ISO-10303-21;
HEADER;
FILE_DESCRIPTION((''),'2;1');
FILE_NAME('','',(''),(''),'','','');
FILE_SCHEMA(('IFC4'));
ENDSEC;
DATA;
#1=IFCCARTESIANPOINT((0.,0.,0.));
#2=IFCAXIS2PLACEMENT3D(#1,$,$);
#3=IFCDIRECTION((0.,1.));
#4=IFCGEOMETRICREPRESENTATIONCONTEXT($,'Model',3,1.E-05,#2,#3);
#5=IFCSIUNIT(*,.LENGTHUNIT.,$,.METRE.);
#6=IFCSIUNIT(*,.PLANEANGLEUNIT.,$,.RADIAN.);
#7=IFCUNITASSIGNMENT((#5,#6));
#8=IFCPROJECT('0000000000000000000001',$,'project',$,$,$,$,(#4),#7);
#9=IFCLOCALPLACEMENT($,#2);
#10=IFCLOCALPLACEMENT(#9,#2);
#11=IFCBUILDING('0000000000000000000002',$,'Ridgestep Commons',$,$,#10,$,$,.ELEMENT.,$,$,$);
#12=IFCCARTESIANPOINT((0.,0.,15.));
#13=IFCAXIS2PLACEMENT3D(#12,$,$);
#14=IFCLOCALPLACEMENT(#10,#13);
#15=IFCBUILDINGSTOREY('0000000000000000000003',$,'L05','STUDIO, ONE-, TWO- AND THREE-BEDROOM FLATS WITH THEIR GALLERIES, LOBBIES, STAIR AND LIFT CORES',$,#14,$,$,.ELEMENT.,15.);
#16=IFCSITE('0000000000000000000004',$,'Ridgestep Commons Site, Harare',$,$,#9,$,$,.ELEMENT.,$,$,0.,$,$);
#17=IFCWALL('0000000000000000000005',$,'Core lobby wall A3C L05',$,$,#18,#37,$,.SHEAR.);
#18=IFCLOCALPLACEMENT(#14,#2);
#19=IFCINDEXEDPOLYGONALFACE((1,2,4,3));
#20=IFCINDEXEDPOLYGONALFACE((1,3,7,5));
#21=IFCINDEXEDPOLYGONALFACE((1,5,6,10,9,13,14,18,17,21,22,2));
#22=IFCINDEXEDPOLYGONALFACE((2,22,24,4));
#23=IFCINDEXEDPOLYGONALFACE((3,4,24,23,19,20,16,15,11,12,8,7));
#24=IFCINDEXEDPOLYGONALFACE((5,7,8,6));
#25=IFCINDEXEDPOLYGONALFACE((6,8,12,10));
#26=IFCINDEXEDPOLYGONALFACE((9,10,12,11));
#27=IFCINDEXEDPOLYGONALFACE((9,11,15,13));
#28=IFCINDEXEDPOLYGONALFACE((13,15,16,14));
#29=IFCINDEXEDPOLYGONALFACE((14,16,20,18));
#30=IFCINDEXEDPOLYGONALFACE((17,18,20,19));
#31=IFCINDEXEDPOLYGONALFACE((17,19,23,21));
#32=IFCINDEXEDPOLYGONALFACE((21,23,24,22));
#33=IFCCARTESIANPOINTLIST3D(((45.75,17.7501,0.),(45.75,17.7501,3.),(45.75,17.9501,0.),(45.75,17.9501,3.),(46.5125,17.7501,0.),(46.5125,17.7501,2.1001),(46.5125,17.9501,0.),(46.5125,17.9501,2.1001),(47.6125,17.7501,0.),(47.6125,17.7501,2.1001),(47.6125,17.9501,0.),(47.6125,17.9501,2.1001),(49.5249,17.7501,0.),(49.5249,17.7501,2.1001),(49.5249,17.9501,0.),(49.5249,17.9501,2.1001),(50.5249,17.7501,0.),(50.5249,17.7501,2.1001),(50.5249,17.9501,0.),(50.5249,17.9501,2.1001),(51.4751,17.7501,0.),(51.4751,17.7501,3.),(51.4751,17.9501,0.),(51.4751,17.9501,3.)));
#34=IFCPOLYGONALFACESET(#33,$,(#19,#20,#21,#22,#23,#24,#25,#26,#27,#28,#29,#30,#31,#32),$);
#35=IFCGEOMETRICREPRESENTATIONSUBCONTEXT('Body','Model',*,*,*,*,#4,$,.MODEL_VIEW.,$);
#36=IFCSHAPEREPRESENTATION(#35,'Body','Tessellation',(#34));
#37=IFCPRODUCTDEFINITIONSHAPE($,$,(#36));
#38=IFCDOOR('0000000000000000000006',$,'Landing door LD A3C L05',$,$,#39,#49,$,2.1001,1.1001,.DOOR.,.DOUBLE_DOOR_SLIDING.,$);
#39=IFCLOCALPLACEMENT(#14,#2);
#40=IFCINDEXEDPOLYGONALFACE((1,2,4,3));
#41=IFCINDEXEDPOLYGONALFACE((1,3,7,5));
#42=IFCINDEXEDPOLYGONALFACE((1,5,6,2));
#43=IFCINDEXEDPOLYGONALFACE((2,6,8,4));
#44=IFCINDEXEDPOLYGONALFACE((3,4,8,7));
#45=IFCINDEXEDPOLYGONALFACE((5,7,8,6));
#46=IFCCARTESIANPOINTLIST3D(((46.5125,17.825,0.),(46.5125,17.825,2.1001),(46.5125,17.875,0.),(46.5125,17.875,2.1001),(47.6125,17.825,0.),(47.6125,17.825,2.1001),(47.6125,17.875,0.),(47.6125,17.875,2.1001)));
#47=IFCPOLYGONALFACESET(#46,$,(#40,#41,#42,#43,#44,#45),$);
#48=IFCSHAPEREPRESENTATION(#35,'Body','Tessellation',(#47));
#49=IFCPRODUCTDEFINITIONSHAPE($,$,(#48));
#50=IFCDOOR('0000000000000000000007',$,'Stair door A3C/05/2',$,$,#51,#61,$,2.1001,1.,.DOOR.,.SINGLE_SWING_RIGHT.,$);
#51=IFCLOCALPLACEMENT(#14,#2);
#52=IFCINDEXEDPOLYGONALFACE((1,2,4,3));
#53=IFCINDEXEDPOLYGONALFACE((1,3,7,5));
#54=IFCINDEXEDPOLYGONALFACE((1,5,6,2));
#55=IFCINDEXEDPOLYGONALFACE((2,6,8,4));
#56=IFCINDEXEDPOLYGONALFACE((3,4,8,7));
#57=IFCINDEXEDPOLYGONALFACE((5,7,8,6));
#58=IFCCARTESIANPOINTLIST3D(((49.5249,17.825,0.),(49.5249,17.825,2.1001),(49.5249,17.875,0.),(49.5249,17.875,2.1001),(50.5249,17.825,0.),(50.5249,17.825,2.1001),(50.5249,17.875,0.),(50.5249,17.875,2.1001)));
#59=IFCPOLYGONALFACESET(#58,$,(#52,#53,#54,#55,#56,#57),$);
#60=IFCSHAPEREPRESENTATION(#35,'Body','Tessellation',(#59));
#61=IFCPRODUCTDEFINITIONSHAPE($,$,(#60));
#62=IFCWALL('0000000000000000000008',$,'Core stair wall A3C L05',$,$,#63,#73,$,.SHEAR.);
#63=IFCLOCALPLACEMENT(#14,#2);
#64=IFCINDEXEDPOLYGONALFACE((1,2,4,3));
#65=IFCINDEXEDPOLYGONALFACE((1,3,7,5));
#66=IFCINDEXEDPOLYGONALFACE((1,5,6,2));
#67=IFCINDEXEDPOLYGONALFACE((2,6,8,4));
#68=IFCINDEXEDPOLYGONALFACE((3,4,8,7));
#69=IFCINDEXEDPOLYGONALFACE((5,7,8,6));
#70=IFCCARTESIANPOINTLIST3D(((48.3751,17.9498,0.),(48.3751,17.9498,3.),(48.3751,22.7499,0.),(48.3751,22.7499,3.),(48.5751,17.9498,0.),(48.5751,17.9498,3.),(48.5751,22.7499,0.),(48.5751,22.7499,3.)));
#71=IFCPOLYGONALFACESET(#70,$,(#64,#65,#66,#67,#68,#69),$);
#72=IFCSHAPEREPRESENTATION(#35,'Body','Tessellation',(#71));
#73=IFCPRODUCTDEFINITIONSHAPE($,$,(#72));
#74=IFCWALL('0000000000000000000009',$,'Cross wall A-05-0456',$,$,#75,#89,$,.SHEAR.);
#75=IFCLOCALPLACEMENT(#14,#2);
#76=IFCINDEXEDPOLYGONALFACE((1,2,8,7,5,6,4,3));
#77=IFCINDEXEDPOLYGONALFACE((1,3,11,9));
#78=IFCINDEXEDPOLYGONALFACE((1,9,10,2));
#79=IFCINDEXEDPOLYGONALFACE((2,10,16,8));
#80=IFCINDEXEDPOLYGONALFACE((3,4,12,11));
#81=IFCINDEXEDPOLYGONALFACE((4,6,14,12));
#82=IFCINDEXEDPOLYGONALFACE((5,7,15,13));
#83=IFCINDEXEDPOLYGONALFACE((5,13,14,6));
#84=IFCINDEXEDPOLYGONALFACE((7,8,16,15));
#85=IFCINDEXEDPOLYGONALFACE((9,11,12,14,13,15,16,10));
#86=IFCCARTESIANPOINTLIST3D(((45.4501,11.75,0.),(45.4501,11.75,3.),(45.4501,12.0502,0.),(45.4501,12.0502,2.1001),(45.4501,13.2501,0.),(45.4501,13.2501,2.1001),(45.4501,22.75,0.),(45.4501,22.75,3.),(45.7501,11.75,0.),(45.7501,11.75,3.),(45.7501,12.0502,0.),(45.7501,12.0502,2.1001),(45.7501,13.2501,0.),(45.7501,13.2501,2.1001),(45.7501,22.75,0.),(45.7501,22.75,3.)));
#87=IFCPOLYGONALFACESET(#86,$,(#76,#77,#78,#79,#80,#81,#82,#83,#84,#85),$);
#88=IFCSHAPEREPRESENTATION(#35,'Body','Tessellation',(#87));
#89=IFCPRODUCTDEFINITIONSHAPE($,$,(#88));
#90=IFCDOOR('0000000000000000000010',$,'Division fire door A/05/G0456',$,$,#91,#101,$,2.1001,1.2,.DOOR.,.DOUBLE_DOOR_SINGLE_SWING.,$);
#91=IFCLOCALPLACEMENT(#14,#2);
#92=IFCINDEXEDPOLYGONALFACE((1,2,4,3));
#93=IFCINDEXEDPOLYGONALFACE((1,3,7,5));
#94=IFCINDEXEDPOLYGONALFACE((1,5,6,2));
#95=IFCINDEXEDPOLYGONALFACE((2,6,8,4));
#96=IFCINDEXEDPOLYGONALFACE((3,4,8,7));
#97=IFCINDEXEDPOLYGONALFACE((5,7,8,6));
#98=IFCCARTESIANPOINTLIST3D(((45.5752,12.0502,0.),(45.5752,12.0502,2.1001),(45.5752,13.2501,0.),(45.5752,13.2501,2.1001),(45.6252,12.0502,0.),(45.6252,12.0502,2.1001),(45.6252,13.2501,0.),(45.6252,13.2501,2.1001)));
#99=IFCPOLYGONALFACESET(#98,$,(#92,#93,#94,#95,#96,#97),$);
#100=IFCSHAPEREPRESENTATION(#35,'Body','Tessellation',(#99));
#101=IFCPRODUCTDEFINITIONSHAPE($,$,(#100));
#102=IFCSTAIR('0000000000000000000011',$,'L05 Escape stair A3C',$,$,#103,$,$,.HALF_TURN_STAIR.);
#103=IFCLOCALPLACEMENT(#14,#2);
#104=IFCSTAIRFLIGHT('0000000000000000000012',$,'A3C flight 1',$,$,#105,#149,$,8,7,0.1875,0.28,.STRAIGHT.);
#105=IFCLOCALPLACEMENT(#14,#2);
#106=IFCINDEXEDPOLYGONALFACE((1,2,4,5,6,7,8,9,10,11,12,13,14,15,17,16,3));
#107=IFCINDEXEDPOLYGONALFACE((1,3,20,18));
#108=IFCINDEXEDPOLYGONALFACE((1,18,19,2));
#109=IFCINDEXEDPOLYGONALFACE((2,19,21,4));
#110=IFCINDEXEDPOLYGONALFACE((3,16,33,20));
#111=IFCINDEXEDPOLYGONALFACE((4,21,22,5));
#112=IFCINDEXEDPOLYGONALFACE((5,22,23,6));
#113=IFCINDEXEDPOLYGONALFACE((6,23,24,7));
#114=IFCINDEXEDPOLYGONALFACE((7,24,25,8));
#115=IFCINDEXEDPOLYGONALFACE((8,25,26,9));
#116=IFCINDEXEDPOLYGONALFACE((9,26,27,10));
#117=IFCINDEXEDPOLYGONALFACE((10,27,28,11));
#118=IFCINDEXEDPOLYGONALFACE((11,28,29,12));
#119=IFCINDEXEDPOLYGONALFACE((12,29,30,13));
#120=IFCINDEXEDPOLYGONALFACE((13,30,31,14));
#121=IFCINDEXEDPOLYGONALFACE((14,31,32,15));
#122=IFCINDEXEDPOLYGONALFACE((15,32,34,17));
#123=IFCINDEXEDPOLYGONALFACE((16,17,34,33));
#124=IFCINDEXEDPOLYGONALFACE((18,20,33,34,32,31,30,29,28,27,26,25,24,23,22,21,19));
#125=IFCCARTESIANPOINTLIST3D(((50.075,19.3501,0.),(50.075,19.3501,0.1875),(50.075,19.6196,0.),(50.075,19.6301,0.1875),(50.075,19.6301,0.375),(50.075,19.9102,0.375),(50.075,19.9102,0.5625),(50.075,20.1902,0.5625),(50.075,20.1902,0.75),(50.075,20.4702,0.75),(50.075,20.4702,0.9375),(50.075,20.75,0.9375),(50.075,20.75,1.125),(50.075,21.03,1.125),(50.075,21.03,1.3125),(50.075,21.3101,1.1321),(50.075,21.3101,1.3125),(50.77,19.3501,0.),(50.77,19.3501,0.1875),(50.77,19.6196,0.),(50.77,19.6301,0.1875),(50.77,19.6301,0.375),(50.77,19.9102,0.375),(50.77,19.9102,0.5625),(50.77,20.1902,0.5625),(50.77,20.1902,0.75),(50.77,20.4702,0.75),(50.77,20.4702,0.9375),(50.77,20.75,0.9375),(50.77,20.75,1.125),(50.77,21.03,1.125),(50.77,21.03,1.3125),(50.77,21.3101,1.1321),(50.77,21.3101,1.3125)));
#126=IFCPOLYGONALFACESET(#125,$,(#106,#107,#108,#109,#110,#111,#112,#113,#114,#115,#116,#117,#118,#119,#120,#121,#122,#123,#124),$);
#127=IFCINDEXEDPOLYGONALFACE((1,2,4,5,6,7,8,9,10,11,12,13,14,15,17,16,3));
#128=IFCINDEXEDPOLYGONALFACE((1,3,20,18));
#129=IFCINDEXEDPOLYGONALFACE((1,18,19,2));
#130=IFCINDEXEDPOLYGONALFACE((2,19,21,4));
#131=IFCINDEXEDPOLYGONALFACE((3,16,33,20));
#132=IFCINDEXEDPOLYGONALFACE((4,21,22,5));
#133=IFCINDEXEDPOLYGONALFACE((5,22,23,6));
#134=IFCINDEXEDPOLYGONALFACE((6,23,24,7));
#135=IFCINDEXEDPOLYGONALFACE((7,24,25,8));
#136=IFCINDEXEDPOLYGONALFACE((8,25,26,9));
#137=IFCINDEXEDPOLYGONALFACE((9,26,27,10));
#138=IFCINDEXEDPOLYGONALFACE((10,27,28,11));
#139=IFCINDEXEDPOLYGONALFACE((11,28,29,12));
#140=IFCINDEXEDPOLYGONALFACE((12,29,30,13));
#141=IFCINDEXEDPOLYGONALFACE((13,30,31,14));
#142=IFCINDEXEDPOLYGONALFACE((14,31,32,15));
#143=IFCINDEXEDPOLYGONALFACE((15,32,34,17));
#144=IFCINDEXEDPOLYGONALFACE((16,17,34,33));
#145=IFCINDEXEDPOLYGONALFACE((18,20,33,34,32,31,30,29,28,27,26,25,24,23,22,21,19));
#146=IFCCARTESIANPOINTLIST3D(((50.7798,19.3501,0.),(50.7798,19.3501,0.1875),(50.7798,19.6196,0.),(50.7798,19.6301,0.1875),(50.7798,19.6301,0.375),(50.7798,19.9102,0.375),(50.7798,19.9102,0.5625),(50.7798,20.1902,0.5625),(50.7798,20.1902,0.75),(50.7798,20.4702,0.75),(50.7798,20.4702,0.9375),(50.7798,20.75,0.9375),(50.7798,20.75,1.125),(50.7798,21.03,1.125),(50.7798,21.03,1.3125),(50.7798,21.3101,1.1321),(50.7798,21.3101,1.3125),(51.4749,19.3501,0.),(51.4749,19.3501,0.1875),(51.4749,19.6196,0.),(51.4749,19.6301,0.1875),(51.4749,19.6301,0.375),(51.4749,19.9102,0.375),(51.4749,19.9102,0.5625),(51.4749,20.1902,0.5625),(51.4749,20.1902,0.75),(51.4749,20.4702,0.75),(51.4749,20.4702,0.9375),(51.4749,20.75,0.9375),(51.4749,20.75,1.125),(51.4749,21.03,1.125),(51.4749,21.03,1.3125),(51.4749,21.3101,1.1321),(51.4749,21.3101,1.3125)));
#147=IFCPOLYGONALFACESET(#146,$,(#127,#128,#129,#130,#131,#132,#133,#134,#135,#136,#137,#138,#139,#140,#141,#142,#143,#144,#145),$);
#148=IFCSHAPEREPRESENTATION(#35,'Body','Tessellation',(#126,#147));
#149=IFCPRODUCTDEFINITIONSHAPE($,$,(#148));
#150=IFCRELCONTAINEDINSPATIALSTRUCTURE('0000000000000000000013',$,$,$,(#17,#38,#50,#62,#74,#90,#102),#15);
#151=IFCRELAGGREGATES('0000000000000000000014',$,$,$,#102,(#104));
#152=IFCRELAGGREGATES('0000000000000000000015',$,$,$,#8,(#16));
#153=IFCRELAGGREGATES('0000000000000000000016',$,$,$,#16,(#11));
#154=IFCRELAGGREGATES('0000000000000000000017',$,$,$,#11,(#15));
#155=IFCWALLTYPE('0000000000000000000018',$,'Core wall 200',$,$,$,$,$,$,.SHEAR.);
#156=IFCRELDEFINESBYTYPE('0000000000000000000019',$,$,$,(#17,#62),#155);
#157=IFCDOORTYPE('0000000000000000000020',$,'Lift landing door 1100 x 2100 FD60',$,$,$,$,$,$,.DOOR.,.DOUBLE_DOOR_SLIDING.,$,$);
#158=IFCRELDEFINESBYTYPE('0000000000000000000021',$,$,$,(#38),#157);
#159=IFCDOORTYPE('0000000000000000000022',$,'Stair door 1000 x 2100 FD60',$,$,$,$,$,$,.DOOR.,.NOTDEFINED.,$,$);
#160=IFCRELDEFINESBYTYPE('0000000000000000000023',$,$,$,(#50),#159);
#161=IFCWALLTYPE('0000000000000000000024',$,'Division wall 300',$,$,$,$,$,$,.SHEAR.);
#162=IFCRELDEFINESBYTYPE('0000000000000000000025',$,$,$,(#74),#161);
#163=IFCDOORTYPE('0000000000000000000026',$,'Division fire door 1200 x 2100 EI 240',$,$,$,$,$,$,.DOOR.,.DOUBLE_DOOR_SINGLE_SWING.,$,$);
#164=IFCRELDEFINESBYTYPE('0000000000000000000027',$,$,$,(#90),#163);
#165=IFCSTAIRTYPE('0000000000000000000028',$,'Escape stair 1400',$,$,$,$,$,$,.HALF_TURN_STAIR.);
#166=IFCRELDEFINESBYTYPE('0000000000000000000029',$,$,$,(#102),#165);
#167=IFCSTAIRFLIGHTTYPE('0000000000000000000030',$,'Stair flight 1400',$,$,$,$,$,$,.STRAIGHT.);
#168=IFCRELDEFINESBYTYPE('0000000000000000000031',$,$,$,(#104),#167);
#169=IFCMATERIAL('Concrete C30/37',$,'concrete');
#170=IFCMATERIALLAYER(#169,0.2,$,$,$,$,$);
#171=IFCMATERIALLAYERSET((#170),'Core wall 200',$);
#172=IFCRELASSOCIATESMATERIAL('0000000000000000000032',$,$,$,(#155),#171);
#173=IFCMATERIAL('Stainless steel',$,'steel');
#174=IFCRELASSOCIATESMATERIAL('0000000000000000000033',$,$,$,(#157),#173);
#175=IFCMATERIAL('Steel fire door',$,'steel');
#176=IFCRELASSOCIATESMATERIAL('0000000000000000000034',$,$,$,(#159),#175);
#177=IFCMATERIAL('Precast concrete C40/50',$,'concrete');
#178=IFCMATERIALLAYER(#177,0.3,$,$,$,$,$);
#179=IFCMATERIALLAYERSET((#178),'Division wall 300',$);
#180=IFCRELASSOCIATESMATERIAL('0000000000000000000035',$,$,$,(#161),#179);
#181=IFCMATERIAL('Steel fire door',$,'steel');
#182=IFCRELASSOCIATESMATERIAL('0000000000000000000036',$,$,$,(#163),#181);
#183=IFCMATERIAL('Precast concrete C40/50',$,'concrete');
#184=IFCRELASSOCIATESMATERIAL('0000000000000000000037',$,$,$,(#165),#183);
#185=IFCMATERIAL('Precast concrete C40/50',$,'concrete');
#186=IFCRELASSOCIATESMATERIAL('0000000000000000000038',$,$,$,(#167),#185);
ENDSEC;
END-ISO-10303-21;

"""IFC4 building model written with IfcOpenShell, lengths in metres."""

from ifc_helpers import new_model, si_unit, direction, frame, frame_2d, origin, place, context, subcontext, project, spatial, polyline, rectangle, outline, extrude, material, layer, layer_set, type_object, element, fill, aggregate, save


model = new_model("IFC4")

# Units and contexts
model_context = context("Model", 3, precision=1e-05, world=origin(), true_north=direction((0.0, 1.0)))
body_context = subcontext(model_context, "Body", "Model", "MODEL_VIEW")
ifc_project = project(units=[si_unit("LENGTHUNIT", "METRE"), si_unit("PLANEANGLEUNIT", "RADIAN")], contexts=[model_context])

# Site, building, storey
site_placement = place(None, origin())
site = spatial("IfcSite", under=ifc_project, at=site_placement, Name="Ridgestep Commons Site, Harare", CompositionType="ELEMENT", RefElevation=0.0)
building_placement = place(site_placement, origin())
building = spatial("IfcBuilding", under=site, at=building_placement, Name="Ridgestep Commons", CompositionType="ELEMENT")
storey_placement = place(building_placement, frame((0.0, 0.0, 15.0)))
storey = spatial("IfcBuildingStorey", under=building, at=storey_placement, Name="L05", Description="STUDIO, ONE-, TWO- AND THREE-BEDROOM FLATS WITH THEIR GALLERIES, LOBBIES, STAIR AND LIFT CORES", CompositionType="ELEMENT", Elevation=15.0)

# Shared definitions
ifc_material_1 = material(Name="Concrete C30/37", Category="concrete")
ifc_layer_1 = layer(ifc_material_1, 0.2)
ifc_layer_set_1 = layer_set([ifc_layer_1], Name="Core wall 200")
wall_type_1 = type_object("IfcWallType", Name="Core wall 200", PredefinedType="SHEAR", material=ifc_layer_set_1)

# Wall, openings, doors
wall_1_placement = place(storey_placement, frame((45.75, 17.8501, 0.0), z_axis=(0.0, 0.0, 1.0), x_axis=(1.0, 0.0, 0.0)))
wall_1 = element("IfcWall", 1, at=wall_1_placement, inside=storey, type_object=wall_type_1, Name="Core lobby wall A3C L05", PredefinedType="SHEAR", context=body_context, shape_type="SweptSolid", body=[
    extrude(rectangle(XDim=5.7251, YDim=0.2, at=frame_2d((2.8625, 0.0))), origin(), (0.0, 0.0, 1.0), 3.0),
])
opening_1_placement = place(wall_1_placement, frame((3.7749, 0.0, 0.0)))
opening_1 = element("IfcOpeningElement", 2, at=opening_1_placement, cuts=wall_1, PredefinedType="OPENING", context=body_context, shape_type="SweptSolid", body=[
    extrude(rectangle(XDim=1.0, YDim=2.1001, at=frame_2d((0.5, 1.05))), frame((0.0, 0.1099, 0.0), z_axis=(0.0, -1.0, 0.0), x_axis=(1.0, 0.0, 0.0)), (0.0, 0.0, 1.0), 0.22),
])
opening_2_placement = place(wall_1_placement, frame((0.7625, 0.0, 0.0)))
opening_2 = element("IfcOpeningElement", 3, at=opening_2_placement, cuts=wall_1, PredefinedType="OPENING", context=body_context, shape_type="SweptSolid", body=[
    extrude(rectangle(XDim=1.1001, YDim=2.1001, at=frame_2d((0.55, 1.05))), frame((0.0, 0.1099, 0.0), z_axis=(0.0, -1.0, 0.0), x_axis=(1.0, 0.0, 0.0)), (0.0, 0.0, 1.0), 0.22),
])
ifc_material_2 = material(Name="Stainless steel", Category="steel")
door_type_1 = type_object("IfcDoorType", Name="Lift landing door 1100 x 2100 FD60", OperationType="DOUBLE_DOOR_SLIDING", PredefinedType="DOOR", material=ifc_material_2)
door_1_placement = place(opening_2_placement, origin())
door_1 = element("IfcDoor", 4, at=door_1_placement, inside=storey, type_object=door_type_1, Name="Landing door LD A3C L05", OperationType="DOUBLE_DOOR_SLIDING", OverallHeight=2.1001, OverallWidth=1.1001, PredefinedType="DOOR", context=body_context, shape_type="SweptSolid", body=[
    extrude(rectangle(XDim=1.1001, YDim=2.1001, at=frame_2d((0.55, 1.05))), frame((0.0, 0.0249, 0.0), z_axis=(0.0, -1.0, 0.0), x_axis=(1.0, 0.0, 0.0)), (0.0, 0.0, 1.0), 0.05),
])
fill(opening_2, door_1)
ifc_material_3 = material(Name="Steel fire door", Category="steel")
door_type_2 = type_object("IfcDoorType", Name="Stair door 1000 x 2100 FD60", OperationType="NOTDEFINED", PredefinedType="DOOR", material=ifc_material_3)
door_2_placement = place(opening_1_placement, origin())
door_2 = element("IfcDoor", 5, at=door_2_placement, inside=storey, type_object=door_type_2, Name="Stair door A3C/05/2", OperationType="SINGLE_SWING_RIGHT", OverallHeight=2.1001, OverallWidth=1.0, PredefinedType="DOOR", context=body_context, shape_type="SweptSolid", body=[
    extrude(rectangle(XDim=1.0, YDim=2.1001, at=frame_2d((0.5, 1.05))), frame((0.0, 0.0249, 0.0), z_axis=(0.0, -1.0, 0.0), x_axis=(1.0, 0.0, 0.0)), (0.0, 0.0, 1.0), 0.05),
])
fill(opening_1, door_2)

# Wall
wall_2_placement = place(storey_placement, frame((48.4751, 17.95, 0.0), z_axis=(0.0, 0.0, 1.0), x_axis=(0.0, 1.0, 0.0)))
element("IfcWall", 6, at=wall_2_placement, inside=storey, type_object=wall_type_1, Name="Core stair wall A3C L05", PredefinedType="SHEAR", context=body_context, shape_type="SweptSolid", body=[
    extrude(rectangle(XDim=4.8, YDim=0.2, at=frame_2d((2.3999, 0.0))), origin(), (0.0, 0.0, 1.0), 3.0),
])

# Wall, opening, door
ifc_material_4 = material(Name="Precast concrete C40/50", Category="concrete")
ifc_layer_2 = layer(ifc_material_4, 0.3)
ifc_layer_set_2 = layer_set([ifc_layer_2], Name="Division wall 300")
wall_type_2 = type_object("IfcWallType", Name="Division wall 300", PredefinedType="SHEAR", material=ifc_layer_set_2)
wall_3_placement = place(storey_placement, frame((45.6001, 11.75, 0.0), z_axis=(0.0, 0.0, 1.0), x_axis=(0.0, 1.0, 0.0)))
wall_3 = element("IfcWall", 7, at=wall_3_placement, inside=storey, type_object=wall_type_2, Name="Cross wall A-05-0456", PredefinedType="SHEAR", context=body_context, shape_type="SweptSolid", body=[
    extrude(rectangle(XDim=11.0, YDim=0.3, at=frame_2d((5.5, 0.0))), origin(), (0.0, 0.0, 1.0), 3.0),
])
opening_3_placement = place(wall_3_placement, frame((0.3, 0.0, 0.0)))
opening_3 = element("IfcOpeningElement", 8, at=opening_3_placement, cuts=wall_3, PredefinedType="OPENING", context=body_context, shape_type="SweptSolid", body=[
    extrude(rectangle(XDim=1.2, YDim=2.1001, at=frame_2d((0.6001, 1.05))), frame((0.0, 0.1599, 0.0), z_axis=(0.0, -1.0, 0.0), x_axis=(1.0, 0.0, 0.0)), (0.0, 0.0, 1.0), 0.3201),
])
ifc_material_5 = material(Name="Steel fire door", Category="steel")
door_type_3 = type_object("IfcDoorType", Name="Division fire door 1200 x 2100 EI 240", OperationType="DOUBLE_DOOR_SINGLE_SWING", PredefinedType="DOOR", material=ifc_material_5)
door_3_placement = place(opening_3_placement, origin())
door_3 = element("IfcDoor", 9, at=door_3_placement, inside=storey, type_object=door_type_3, Name="Division fire door A/05/G0456", OperationType="DOUBLE_DOOR_SINGLE_SWING", OverallHeight=2.1001, OverallWidth=1.2, PredefinedType="DOOR", context=body_context, shape_type="SweptSolid", body=[
    extrude(rectangle(XDim=1.2, YDim=2.1001, at=frame_2d((0.6001, 1.05))), frame((0.0, 0.0249, 0.0), z_axis=(0.0, -1.0, 0.0), x_axis=(1.0, 0.0, 0.0)), (0.0, 0.0, 1.0), 0.05),
])
fill(opening_3, door_3)

# Stair, stair flight
ifc_material_6 = material(Name="Precast concrete C40/50", Category="concrete")
stair_type = type_object("IfcStairType", Name="Escape stair 1400", PredefinedType="HALF_TURN_STAIR", material=ifc_material_6)
stair_placement = place(storey_placement, origin())
stair = element("IfcStair", 10, at=stair_placement, inside=storey, type_object=stair_type, Name="L05 Escape stair A3C", PredefinedType="HALF_TURN_STAIR")
ifc_material_7 = material(Name="Precast concrete C40/50", Category="concrete")
stair_flight_type = type_object("IfcStairFlightType", Name="Stair flight 1400", PredefinedType="STRAIGHT", material=ifc_material_7)
stair_flight_placement = place(storey_placement, frame((50.7749, 19.3501, 0.0), z_axis=(0.0, 0.0, 1.0), x_axis=(0.0, 1.0, 0.0)))
stair_flight = element("IfcStairFlight", 11, at=stair_flight_placement, type_object=stair_flight_type, Name="A3C flight 1", NumberOfRisers=8, NumberOfTreads=7, PredefinedType="STRAIGHT", RiserHeight=0.1875, TreadLength=0.28, context=body_context, shape_type="SweptSolid", body=[
    extrude(outline(polyline([(0.0, 0.0), (0.0, 0.1875), (0.28, 0.1875), (0.28, 0.375), (0.5601, 0.375), (0.5601, 0.5625), (0.8401, 0.5625), (0.8401, 0.75), (1.1201, 0.75), (1.1201, 0.9375), (1.3999, 0.9375), (1.3999, 1.125), (1.6799, 1.125), (1.6799, 1.3125), (1.96, 1.3125), (1.96, 1.5), (1.96, 1.1321), (0.2695, 0.0), (0.0, 0.0)])), frame((0.0, 0.7, 0.0), z_axis=(0.0, -1.0, 0.0), x_axis=(1.0, 0.0, 0.0)), (0.0, 0.0, 1.0), 0.6951),
    extrude(outline(polyline([(0.0, 0.0), (0.0, 0.1875), (0.28, 0.1875), (0.28, 0.375), (0.5601, 0.375), (0.5601, 0.5625), (0.8401, 0.5625), (0.8401, 0.75), (1.1201, 0.75), (1.1201, 0.9375), (1.3999, 0.9375), (1.3999, 1.125), (1.6799, 1.125), (1.6799, 1.3125), (1.96, 1.3125), (1.96, 1.5), (1.96, 1.1321), (0.2695, 0.0), (0.0, 0.0)])), frame((0.0, -0.0049, 0.0), z_axis=(0.0, -1.0, 0.0), x_axis=(1.0, 0.0, 0.0)), (0.0, 0.0, 1.0), 0.6951),
])
aggregate(stair, [stair_flight])

save(model, "model.ifc")
